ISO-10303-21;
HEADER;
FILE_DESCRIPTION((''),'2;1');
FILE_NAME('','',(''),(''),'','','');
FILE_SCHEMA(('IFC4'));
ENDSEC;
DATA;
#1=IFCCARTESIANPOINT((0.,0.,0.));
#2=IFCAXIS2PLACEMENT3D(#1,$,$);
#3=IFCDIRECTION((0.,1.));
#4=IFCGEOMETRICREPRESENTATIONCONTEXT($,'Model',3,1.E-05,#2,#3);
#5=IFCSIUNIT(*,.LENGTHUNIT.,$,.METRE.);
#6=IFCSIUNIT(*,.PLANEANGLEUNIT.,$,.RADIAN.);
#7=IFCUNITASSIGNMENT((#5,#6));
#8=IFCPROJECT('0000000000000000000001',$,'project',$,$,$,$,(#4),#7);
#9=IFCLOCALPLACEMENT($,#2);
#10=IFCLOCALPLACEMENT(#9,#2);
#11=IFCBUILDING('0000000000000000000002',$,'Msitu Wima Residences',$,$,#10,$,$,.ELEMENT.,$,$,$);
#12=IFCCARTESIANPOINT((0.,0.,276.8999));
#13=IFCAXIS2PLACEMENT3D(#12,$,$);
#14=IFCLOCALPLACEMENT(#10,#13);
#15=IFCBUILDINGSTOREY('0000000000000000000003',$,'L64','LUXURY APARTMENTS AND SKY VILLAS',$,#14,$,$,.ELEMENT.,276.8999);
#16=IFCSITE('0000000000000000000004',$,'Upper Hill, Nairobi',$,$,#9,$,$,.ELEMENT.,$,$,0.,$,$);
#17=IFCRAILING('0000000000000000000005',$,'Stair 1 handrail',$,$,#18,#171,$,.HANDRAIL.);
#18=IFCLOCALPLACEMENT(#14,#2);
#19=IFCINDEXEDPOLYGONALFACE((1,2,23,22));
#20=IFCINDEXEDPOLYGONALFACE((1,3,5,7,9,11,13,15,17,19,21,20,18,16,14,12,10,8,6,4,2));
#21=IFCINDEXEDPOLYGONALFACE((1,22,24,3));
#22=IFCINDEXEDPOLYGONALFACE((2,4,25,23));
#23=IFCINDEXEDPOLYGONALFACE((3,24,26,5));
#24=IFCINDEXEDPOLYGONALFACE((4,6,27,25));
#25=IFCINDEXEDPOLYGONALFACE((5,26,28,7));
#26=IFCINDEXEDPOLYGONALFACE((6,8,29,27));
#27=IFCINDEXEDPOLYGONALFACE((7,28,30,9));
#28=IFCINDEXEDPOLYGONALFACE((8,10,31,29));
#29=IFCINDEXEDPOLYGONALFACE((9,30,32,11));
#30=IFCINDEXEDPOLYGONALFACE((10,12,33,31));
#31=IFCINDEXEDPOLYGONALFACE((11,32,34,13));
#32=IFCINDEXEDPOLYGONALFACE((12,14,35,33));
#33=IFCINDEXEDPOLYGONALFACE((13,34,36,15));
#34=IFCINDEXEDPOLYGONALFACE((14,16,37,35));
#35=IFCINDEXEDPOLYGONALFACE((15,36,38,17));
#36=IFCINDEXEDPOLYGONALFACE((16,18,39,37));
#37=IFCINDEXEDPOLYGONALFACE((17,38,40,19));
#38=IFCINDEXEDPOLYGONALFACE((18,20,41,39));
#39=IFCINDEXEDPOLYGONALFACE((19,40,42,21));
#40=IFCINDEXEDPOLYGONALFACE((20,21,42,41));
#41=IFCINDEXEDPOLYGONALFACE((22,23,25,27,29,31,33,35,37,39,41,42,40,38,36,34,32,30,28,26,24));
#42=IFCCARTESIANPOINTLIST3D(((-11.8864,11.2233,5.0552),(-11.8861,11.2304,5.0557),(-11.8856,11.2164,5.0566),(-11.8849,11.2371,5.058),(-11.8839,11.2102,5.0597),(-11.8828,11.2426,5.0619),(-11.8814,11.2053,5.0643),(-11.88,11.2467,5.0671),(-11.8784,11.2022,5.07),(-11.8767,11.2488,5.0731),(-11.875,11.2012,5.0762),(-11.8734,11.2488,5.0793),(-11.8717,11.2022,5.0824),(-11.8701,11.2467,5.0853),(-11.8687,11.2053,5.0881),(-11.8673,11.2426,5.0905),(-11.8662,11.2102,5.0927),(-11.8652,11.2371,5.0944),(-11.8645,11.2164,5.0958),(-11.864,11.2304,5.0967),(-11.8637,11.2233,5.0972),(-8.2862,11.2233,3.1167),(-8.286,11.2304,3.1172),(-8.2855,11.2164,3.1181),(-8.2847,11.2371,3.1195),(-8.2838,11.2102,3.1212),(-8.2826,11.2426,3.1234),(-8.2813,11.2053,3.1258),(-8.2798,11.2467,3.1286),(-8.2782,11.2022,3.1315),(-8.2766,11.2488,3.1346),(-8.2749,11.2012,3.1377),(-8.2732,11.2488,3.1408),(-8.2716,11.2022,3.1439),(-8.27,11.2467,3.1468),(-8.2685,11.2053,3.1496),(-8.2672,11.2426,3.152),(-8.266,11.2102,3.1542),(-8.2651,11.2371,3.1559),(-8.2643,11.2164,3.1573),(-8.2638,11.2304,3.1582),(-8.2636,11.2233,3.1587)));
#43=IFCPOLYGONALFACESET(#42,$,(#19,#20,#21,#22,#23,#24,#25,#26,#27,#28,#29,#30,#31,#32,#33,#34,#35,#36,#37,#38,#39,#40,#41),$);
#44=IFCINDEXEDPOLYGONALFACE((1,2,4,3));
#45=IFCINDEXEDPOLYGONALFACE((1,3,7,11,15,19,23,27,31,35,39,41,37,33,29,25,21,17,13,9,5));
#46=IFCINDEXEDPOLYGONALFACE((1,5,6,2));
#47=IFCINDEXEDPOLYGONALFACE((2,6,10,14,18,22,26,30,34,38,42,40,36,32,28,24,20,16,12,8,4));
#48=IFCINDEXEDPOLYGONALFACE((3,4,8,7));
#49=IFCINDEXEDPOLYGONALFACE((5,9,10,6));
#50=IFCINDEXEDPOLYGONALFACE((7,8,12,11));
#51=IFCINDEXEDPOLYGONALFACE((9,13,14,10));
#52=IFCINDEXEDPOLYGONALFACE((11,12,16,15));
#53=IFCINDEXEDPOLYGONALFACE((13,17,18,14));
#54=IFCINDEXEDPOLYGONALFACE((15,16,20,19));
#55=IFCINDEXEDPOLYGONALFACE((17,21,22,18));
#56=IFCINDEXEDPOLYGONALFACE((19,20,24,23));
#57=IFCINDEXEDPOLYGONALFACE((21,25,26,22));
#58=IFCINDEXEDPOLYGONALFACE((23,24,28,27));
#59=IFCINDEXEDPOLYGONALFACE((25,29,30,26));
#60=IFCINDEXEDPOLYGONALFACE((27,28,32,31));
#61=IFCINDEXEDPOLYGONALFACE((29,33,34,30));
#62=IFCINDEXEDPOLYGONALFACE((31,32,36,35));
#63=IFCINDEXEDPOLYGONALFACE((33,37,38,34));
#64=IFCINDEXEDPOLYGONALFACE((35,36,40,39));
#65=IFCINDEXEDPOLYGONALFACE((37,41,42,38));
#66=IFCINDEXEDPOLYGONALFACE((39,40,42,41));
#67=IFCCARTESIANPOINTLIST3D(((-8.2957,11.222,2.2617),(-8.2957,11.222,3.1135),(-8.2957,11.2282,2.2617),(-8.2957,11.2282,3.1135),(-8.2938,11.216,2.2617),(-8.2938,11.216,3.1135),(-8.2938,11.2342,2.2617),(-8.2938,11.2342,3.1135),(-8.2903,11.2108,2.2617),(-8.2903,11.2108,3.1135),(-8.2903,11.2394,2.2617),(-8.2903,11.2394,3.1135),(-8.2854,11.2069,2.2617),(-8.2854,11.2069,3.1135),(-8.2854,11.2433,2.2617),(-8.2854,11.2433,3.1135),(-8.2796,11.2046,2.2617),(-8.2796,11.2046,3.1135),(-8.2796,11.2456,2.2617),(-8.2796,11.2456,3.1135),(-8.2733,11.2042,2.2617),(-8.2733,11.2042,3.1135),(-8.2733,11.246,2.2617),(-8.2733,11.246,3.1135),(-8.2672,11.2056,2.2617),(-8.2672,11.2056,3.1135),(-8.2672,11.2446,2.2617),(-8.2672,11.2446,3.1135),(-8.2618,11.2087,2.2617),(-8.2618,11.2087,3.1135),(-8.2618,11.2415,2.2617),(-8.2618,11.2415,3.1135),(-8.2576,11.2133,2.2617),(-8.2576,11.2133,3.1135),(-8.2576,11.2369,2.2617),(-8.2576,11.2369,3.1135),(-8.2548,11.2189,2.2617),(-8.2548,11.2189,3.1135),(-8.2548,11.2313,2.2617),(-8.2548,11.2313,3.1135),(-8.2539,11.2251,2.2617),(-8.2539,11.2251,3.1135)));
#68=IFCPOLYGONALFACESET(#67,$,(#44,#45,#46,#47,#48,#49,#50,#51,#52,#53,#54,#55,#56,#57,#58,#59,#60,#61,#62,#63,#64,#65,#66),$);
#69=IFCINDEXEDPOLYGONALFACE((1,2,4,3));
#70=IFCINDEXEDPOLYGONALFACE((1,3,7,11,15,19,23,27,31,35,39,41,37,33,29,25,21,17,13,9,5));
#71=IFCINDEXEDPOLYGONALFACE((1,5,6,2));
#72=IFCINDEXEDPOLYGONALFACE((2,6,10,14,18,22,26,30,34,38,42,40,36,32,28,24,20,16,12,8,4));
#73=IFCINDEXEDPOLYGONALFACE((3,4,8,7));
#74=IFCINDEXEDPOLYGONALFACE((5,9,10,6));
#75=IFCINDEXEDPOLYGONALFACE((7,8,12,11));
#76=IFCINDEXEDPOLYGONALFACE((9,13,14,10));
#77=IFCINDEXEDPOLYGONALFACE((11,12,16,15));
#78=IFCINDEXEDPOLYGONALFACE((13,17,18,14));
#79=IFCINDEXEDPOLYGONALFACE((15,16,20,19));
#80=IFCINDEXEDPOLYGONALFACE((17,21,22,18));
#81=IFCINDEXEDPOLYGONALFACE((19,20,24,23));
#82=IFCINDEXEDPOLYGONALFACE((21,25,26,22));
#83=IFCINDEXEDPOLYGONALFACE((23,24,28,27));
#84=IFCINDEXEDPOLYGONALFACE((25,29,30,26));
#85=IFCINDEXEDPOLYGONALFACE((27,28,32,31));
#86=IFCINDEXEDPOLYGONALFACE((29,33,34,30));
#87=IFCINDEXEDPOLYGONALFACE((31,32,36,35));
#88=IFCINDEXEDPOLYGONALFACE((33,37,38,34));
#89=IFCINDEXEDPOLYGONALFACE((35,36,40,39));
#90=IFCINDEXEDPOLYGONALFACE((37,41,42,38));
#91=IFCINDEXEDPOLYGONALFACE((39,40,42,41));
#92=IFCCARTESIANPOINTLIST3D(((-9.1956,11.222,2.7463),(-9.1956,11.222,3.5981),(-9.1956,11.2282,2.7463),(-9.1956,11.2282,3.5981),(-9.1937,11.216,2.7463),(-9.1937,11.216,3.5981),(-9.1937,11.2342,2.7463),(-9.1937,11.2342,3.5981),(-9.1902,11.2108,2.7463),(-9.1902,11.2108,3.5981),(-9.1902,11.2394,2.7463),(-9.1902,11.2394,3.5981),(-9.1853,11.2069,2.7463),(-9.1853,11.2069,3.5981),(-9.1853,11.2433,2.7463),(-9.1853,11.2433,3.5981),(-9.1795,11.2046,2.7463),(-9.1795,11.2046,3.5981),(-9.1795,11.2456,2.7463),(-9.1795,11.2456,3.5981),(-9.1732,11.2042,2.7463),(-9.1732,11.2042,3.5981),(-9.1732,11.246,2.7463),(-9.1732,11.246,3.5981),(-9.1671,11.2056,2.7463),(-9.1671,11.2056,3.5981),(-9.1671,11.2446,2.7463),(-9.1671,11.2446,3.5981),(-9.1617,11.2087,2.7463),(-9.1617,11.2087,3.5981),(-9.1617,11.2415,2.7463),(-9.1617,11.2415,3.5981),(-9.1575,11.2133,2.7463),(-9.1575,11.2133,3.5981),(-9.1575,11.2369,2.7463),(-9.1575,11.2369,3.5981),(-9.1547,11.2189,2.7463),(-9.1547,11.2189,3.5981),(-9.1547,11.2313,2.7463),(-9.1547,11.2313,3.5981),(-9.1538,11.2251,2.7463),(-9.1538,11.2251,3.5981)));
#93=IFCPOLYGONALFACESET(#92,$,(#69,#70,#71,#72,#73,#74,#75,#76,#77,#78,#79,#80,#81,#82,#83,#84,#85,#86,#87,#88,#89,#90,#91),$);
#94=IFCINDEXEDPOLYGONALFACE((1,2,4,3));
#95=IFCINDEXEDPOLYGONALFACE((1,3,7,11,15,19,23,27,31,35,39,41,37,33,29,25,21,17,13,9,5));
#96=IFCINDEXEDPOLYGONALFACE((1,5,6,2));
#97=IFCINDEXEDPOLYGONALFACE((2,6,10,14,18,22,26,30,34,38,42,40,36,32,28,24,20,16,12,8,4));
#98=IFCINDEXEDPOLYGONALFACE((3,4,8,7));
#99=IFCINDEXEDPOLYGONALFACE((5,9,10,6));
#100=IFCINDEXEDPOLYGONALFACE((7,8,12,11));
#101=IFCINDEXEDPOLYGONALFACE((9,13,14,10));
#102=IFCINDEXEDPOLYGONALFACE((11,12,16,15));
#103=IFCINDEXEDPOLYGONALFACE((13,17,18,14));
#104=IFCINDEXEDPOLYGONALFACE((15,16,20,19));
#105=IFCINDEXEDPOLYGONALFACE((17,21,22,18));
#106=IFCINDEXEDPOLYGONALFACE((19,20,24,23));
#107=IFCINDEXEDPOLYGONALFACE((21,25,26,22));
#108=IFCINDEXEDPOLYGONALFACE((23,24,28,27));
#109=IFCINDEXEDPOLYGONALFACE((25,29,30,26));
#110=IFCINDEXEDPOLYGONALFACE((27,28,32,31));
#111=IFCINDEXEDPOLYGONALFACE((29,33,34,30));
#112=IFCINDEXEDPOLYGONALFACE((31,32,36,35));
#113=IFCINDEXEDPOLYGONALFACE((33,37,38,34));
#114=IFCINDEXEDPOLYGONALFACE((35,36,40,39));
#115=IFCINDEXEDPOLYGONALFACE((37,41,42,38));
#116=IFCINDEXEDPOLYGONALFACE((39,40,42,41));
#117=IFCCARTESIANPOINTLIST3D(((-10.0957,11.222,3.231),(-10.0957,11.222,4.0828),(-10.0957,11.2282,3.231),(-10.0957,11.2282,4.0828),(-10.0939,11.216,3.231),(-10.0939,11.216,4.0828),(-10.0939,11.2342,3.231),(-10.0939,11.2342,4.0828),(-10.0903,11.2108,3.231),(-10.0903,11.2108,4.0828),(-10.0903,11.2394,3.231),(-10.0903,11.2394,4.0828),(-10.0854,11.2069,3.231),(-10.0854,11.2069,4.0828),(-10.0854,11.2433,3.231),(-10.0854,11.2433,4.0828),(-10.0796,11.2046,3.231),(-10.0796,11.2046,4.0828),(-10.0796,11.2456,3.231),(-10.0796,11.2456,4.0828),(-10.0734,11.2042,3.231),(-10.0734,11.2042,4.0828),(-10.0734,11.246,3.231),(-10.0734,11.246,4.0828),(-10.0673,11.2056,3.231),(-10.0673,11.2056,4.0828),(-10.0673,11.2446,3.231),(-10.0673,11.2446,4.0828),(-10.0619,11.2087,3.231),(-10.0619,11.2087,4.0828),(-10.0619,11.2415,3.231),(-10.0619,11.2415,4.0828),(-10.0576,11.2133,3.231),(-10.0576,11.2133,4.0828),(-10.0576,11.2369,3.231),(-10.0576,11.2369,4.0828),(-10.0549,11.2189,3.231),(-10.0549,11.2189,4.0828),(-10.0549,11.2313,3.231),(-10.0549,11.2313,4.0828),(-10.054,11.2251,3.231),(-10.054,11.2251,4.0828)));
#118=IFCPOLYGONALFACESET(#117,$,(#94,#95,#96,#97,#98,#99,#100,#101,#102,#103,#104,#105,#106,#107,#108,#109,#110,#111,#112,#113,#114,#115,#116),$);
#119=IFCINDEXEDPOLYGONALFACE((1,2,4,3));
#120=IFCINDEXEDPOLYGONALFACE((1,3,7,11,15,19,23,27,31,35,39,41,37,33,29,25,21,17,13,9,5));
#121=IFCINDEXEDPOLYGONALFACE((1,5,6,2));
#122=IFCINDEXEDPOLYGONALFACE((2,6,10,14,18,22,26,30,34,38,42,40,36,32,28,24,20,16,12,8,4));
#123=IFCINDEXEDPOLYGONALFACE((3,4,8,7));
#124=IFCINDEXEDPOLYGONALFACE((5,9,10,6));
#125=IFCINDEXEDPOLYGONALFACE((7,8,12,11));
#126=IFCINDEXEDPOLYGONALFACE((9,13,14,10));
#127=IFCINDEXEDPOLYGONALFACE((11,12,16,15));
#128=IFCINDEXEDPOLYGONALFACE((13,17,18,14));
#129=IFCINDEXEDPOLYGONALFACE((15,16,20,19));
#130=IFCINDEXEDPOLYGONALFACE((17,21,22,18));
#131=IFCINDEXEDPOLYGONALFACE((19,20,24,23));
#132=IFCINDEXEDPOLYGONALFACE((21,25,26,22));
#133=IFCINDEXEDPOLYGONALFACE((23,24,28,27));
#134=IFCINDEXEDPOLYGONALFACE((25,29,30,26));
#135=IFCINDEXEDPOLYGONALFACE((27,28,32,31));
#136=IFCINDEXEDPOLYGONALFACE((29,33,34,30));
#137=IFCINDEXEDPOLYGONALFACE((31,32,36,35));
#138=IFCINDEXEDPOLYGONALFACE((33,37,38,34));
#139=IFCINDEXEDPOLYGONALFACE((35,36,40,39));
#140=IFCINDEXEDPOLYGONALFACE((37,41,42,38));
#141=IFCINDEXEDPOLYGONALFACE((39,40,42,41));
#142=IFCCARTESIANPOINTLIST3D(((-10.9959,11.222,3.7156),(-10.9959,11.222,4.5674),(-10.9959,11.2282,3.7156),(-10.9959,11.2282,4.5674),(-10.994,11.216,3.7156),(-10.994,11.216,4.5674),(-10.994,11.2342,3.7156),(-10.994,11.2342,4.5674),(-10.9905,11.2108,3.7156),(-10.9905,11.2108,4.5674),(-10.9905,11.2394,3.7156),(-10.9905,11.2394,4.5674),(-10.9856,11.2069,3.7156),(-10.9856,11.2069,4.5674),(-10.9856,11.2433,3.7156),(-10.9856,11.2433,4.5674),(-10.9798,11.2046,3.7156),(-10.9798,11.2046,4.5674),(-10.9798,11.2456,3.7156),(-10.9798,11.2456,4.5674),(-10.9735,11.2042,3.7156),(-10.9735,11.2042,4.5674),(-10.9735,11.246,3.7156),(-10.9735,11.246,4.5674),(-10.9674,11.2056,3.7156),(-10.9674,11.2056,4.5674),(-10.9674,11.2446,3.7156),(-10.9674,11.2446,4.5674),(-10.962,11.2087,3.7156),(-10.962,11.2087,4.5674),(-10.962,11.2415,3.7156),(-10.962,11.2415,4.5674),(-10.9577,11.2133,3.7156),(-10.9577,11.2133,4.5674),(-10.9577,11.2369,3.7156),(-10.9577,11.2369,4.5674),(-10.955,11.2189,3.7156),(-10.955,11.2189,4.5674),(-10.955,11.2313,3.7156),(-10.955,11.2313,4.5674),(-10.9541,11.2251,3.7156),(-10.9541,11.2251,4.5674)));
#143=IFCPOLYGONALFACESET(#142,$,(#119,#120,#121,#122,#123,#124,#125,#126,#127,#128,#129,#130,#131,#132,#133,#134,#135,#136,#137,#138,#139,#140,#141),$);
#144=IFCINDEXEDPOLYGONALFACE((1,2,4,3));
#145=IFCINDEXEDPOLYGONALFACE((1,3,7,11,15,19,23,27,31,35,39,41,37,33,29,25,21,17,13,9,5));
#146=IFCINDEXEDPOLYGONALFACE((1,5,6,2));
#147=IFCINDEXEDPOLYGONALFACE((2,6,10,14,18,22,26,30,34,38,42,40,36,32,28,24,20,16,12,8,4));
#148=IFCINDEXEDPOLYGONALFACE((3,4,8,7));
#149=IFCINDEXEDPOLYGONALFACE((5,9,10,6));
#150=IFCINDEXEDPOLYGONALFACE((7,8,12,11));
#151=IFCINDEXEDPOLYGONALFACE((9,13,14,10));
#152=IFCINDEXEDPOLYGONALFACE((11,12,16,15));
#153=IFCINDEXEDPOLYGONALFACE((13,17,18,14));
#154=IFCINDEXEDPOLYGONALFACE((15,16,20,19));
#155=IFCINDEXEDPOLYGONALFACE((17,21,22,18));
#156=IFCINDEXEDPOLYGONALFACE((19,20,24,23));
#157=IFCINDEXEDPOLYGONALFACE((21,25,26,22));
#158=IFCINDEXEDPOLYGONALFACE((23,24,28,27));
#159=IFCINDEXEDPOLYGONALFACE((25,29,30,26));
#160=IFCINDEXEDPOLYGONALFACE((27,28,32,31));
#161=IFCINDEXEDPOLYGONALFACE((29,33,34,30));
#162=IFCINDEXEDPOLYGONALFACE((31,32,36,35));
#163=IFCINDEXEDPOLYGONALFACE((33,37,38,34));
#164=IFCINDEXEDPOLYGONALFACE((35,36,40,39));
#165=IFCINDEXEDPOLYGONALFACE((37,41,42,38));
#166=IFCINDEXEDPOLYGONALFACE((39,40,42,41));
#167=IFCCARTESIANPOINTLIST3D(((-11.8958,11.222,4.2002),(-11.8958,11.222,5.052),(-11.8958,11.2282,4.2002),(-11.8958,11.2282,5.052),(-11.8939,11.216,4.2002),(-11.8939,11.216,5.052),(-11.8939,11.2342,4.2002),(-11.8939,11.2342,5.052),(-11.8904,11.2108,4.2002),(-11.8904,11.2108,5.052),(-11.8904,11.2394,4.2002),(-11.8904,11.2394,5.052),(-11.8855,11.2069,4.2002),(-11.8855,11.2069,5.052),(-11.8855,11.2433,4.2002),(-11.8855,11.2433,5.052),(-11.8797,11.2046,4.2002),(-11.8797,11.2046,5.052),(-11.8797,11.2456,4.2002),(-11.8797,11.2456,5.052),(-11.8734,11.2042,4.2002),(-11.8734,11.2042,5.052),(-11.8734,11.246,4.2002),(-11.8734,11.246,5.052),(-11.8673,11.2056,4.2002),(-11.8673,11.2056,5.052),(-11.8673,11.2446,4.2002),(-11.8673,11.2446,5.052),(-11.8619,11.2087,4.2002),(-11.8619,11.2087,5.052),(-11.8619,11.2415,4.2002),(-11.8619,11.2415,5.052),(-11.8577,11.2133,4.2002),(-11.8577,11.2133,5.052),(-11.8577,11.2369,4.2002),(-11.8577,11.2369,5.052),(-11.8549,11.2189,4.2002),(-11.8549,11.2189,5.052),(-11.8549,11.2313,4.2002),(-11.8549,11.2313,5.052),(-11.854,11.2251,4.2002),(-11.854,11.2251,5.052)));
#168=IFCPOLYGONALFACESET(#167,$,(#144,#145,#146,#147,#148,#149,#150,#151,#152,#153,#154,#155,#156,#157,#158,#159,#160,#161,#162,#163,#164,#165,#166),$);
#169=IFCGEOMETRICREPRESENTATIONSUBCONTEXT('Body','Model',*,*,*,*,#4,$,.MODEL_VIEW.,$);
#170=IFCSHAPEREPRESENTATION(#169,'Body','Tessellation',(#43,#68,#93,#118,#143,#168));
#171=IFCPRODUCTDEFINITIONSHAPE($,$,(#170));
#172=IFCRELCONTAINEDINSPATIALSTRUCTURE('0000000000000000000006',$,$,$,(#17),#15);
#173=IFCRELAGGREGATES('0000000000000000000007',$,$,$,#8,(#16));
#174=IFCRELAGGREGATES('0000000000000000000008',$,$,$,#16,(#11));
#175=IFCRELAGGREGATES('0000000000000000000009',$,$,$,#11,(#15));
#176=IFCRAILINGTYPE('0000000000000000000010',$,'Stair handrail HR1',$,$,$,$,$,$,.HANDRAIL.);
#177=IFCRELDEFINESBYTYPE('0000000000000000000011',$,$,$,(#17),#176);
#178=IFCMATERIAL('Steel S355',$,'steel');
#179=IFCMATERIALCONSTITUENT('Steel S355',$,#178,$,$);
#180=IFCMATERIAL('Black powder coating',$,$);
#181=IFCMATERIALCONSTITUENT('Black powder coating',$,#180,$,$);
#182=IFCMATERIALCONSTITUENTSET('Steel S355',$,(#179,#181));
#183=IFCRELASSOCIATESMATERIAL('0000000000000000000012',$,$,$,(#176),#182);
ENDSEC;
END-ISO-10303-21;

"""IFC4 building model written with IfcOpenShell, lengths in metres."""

from ifc_helpers import new_model, si_unit, direction, frame, origin, origin_2d, place, context, subcontext, project, spatial, circle, extrude, material, constituent, constituent_set, type_object, element, save


model = new_model("IFC4")

# Units and contexts
model_context = context("Model", 3, precision=1e-05, world=origin(), true_north=direction((0.0, 1.0)))
body_context = subcontext(model_context, "Body", "Model", "MODEL_VIEW")
ifc_project = project(units=[si_unit("LENGTHUNIT", "METRE"), si_unit("PLANEANGLEUNIT", "RADIAN")], contexts=[model_context])

# Site, building, storey
site_placement = place(None, origin())
site = spatial("IfcSite", under=ifc_project, at=site_placement, Name="Upper Hill, Nairobi", CompositionType="ELEMENT", RefElevation=0.0)
building_placement = place(site_placement, origin())
building = spatial("IfcBuilding", under=site, at=building_placement, Name="Msitu Wima Residences", CompositionType="ELEMENT")
storey_placement = place(building_placement, frame((0.0, 0.0, 276.8999)))
storey = spatial("IfcBuildingStorey", under=building, at=storey_placement, Name="L64", Description="LUXURY APARTMENTS AND SKY VILLAS", CompositionType="ELEMENT", Elevation=276.8999)

# Railing
ifc_material_1 = material(Name="Steel S355", Category="steel")
ifc_constituent_1 = constituent(ifc_material_1, Name="Steel S355")
ifc_material_2 = material(Name="Black powder coating")
ifc_constituent_2 = constituent(ifc_material_2, Name="Black powder coating")
ifc_constituent_set_1 = constituent_set(constituents=[ifc_constituent_1, ifc_constituent_2], Name="Steel S355")
railing_type_1 = type_object("IfcRailingType", Name="Stair handrail HR1", PredefinedType="HANDRAIL", material=ifc_constituent_set_1)
for number, where, name in (
    (1, (-8.2749, 11.2251, 2.2617), "Stair 1 handrail"),
):
    element("IfcRailing", number, at=place(storey_placement, frame(where)), inside=storey, type_object=railing_type_1, Name=name, PredefinedType="HANDRAIL", context=body_context, shape_type="SweptSolid", body=[
        extrude(circle(Radius=0.0239, at=origin_2d()), frame((0.0, 0.0, 0.876), z_axis=(-0.880475, 0.0, 0.474093), x_axis=(0.0, -1.0, 0.0)), (0.0, 0.0, 1.0), 4.0889),
        extrude(circle(Radius=0.021, at=origin_2d()), origin(), (0.0, 0.0, 1.0), 0.8518),
        extrude(circle(Radius=0.021, at=origin_2d()), frame((-0.8999, 0.0, 0.4846)), (0.0, 0.0, 1.0), 0.8518),
        extrude(circle(Radius=0.021, at=origin_2d()), frame((-1.8, 0.0, 0.9692)), (0.0, 0.0, 1.0), 0.8518),
        extrude(circle(Radius=0.021, at=origin_2d()), frame((-2.7002, 0.0, 1.4539)), (0.0, 0.0, 1.0), 0.8518),
        extrude(circle(Radius=0.021, at=origin_2d()), frame((-3.6001, 0.0, 1.9385)), (0.0, 0.0, 1.0), 0.8518),
    ])

save(model, "model.ifc")
